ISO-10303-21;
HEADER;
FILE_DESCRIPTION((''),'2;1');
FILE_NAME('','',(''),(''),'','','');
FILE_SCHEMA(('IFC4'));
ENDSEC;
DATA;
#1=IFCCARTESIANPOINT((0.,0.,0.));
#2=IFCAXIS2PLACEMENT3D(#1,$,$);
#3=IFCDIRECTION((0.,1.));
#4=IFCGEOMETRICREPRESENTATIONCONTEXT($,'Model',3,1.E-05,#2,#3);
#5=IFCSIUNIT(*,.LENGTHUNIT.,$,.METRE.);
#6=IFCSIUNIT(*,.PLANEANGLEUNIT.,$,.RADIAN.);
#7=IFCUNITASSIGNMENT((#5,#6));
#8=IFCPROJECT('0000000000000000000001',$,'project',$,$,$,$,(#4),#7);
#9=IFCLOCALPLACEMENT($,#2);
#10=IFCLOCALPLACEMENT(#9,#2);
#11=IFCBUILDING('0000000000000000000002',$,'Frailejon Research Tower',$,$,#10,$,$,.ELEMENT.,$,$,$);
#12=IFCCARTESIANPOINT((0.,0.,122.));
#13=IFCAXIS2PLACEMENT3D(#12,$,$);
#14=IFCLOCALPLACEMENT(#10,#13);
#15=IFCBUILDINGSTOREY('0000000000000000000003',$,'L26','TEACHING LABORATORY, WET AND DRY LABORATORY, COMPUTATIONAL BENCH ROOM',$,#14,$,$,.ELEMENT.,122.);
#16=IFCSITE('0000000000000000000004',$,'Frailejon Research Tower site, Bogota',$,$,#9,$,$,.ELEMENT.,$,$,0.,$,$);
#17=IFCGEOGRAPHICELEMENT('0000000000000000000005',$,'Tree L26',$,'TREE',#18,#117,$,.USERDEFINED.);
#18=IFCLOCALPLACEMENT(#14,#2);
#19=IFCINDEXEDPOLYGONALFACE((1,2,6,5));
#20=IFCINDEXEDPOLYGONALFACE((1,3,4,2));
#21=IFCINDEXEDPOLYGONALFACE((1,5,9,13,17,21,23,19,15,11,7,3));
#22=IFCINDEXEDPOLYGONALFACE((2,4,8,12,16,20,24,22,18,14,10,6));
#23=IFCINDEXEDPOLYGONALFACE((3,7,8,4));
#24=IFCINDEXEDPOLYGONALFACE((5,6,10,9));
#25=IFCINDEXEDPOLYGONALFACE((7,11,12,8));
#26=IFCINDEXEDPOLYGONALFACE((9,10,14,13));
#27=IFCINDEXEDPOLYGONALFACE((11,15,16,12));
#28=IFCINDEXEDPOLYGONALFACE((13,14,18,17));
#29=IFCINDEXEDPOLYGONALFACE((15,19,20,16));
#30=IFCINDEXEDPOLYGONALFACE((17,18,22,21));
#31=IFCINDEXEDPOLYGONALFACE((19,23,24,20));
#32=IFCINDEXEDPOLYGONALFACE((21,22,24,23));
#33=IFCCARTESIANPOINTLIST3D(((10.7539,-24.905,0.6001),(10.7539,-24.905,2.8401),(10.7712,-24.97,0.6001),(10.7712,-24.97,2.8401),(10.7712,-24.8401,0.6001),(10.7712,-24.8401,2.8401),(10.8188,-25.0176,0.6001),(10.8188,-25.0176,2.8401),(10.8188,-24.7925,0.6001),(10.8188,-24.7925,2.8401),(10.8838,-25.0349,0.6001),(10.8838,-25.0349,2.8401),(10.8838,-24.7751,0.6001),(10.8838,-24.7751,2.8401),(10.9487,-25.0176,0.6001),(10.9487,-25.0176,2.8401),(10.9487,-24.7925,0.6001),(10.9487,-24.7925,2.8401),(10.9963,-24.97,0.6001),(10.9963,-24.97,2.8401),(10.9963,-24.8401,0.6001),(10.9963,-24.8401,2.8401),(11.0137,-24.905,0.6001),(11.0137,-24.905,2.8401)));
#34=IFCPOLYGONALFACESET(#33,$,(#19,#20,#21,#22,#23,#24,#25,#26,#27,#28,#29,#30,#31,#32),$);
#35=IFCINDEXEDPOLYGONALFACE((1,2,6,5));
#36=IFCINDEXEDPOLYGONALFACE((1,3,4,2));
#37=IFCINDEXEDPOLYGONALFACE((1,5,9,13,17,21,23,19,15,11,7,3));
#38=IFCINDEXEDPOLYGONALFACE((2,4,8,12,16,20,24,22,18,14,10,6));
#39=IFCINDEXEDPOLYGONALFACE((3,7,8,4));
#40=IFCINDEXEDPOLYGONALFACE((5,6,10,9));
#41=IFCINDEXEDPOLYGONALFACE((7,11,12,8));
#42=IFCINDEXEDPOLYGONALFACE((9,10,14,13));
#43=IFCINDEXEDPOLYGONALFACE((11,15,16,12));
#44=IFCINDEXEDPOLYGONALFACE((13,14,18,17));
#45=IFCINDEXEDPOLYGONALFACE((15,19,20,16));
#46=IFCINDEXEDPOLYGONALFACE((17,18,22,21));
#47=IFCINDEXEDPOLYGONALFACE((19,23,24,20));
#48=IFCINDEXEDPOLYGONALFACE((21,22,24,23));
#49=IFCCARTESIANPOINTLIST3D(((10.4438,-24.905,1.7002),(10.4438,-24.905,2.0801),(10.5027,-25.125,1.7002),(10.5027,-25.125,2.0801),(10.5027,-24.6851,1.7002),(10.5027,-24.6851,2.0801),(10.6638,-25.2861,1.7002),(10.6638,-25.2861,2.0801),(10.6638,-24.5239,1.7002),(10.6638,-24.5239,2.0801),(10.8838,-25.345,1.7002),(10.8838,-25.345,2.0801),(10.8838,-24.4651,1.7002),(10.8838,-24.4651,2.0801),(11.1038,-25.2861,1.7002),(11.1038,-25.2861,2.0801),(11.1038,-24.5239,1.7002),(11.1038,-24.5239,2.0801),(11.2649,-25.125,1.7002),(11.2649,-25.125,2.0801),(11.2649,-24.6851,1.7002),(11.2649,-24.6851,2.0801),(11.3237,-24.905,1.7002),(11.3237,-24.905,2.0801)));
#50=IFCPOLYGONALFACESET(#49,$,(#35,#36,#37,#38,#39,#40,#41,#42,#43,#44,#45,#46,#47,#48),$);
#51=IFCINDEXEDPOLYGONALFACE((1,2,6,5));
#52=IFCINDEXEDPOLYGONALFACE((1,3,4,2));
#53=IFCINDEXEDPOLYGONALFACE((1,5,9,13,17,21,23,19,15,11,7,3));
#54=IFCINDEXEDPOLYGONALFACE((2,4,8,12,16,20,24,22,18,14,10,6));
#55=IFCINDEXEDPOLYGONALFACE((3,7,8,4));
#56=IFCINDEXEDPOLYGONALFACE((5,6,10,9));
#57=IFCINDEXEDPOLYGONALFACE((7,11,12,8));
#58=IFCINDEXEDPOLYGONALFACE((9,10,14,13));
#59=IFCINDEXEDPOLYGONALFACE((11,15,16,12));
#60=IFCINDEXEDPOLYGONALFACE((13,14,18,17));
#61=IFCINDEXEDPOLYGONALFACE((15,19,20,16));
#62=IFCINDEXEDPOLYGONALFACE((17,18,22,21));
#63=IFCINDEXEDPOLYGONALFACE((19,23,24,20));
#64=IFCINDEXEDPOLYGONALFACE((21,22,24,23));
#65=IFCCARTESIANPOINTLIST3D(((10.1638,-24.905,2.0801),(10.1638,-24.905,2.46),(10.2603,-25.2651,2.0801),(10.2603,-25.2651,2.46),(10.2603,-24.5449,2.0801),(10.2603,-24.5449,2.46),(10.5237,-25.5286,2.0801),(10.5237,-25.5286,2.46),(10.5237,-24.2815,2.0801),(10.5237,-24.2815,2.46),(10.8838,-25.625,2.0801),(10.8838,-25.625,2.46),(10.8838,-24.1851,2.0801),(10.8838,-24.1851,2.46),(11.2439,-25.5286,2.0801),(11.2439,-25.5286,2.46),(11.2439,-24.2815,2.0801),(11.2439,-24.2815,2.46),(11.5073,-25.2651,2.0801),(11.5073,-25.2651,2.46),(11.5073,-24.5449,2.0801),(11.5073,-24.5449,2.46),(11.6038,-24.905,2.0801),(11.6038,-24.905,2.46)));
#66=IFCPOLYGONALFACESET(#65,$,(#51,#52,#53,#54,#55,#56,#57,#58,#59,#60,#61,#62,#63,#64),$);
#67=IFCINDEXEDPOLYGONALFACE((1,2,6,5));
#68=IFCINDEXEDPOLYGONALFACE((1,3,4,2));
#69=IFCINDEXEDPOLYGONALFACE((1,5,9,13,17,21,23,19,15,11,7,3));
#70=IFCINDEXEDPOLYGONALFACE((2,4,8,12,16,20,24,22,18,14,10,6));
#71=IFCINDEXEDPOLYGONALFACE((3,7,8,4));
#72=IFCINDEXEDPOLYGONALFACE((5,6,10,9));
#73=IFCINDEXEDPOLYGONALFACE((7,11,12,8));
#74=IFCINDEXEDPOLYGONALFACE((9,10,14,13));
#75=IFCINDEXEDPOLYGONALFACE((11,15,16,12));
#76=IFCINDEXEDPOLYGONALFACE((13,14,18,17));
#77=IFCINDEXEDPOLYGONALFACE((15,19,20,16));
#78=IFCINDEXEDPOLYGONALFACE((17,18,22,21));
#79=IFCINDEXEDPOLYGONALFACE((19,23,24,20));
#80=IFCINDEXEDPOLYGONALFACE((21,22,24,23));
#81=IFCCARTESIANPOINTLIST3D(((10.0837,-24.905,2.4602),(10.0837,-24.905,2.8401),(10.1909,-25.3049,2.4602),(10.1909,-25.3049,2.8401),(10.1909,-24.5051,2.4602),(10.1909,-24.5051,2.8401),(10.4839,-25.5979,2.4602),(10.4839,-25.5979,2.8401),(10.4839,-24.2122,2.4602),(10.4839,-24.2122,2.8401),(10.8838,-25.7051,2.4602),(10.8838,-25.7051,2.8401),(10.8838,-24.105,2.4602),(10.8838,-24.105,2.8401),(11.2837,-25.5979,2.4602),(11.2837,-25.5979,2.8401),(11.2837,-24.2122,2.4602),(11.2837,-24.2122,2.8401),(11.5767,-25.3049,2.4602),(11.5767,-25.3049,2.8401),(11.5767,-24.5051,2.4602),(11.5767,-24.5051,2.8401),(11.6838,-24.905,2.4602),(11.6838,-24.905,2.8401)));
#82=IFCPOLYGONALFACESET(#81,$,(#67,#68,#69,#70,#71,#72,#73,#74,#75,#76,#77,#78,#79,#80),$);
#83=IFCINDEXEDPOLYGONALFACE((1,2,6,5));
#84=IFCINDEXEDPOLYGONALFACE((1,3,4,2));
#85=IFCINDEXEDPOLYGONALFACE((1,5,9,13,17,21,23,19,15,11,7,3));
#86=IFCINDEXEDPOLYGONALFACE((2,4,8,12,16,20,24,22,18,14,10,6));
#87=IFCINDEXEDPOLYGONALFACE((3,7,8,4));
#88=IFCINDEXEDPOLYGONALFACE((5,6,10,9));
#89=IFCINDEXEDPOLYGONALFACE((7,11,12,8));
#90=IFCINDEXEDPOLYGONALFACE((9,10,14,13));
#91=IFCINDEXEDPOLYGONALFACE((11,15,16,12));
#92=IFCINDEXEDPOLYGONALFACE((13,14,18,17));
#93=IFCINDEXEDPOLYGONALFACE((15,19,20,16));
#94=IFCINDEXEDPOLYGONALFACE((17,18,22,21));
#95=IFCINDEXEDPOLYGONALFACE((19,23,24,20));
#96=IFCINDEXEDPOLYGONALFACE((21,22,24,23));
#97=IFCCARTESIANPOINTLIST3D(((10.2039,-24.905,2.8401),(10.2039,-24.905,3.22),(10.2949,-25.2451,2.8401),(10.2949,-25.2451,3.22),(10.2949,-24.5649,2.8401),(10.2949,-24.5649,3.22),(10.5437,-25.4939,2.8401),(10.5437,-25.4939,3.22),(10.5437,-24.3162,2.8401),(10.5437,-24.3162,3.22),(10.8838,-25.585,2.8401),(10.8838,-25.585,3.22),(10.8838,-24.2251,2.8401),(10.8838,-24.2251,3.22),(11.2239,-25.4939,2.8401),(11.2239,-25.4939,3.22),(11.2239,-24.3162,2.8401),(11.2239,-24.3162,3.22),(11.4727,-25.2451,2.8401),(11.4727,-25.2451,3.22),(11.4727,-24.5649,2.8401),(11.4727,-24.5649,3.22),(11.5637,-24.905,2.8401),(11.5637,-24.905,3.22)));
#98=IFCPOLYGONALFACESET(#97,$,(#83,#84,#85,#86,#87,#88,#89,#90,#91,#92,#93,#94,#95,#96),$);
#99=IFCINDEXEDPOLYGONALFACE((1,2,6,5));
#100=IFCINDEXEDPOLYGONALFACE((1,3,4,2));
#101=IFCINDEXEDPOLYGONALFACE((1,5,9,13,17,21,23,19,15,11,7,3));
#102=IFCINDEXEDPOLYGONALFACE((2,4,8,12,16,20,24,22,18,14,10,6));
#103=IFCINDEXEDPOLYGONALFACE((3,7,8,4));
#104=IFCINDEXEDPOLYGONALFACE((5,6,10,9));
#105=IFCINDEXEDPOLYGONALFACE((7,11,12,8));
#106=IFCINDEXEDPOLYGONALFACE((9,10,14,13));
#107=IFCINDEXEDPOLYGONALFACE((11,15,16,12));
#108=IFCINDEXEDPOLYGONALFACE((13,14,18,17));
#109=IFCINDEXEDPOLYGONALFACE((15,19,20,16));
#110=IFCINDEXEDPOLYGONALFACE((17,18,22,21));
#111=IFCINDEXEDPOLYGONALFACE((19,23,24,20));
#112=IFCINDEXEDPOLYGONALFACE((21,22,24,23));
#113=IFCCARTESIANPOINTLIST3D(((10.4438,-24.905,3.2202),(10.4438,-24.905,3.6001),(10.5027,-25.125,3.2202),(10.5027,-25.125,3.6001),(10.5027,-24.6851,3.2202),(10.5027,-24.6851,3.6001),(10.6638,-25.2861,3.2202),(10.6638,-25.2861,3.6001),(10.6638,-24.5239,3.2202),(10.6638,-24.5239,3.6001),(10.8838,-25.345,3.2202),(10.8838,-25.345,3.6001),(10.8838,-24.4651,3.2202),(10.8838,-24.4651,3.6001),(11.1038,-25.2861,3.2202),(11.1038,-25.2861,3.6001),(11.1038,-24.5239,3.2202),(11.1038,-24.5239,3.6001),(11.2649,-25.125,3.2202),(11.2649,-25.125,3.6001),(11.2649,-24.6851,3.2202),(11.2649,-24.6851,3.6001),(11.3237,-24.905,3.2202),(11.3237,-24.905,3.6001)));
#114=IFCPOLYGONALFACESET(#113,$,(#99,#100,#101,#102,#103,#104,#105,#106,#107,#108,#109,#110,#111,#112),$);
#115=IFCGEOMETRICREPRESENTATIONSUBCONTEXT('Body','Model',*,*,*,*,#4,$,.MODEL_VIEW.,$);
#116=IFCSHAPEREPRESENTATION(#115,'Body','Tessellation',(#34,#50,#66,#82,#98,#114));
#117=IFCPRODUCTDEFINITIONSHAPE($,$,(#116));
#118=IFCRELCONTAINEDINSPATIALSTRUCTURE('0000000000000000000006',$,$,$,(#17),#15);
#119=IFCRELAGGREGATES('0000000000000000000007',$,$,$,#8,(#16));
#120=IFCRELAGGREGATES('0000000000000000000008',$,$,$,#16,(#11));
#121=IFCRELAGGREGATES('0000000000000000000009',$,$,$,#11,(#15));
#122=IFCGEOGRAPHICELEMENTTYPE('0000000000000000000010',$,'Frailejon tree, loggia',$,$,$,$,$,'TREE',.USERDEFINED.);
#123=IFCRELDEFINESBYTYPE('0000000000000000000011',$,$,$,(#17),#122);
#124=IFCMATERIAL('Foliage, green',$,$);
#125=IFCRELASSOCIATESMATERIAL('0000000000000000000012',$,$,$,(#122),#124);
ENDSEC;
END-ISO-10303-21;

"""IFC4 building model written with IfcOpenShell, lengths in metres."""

from ifc_helpers import new_model, si_unit, direction, frame, origin, place, context, subcontext, project, spatial, polyline, outline, extrude, material, type_object, element, save


model = new_model("IFC4")

# Units and contexts
model_context = context("Model", 3, precision=1e-05, world=origin(), true_north=direction((0.0, 1.0)))
body_context = subcontext(model_context, "Body", "Model", "MODEL_VIEW")
ifc_project = project(units=[si_unit("LENGTHUNIT", "METRE"), si_unit("PLANEANGLEUNIT", "RADIAN")], contexts=[model_context])

# Site, building, storey
site_placement = place(None, origin())
site = spatial("IfcSite", under=ifc_project, at=site_placement, Name="Frailejon Research Tower site, Bogota", CompositionType="ELEMENT", RefElevation=0.0)
building_placement = place(site_placement, origin())
building = spatial("IfcBuilding", under=site, at=building_placement, Name="Frailejon Research Tower", CompositionType="ELEMENT")
storey_placement = place(building_placement, frame((0.0, 0.0, 122.0)))
storey = spatial("IfcBuildingStorey", under=building, at=storey_placement, Name="L26", Description="TEACHING LABORATORY, WET AND DRY LABORATORY, COMPUTATIONAL BENCH ROOM", CompositionType="ELEMENT", Elevation=122.0)

# Geographic element
ifc_material_1 = material(Name="Foliage, green")
geographic_element_type = type_object("IfcGeographicElementType", Name="Frailejon tree, loggia", ElementType="TREE", PredefinedType="USERDEFINED", material=ifc_material_1)
geographic_element_placement = place(storey_placement, frame((10.8838, -24.905, 0.6001)))
element("IfcGeographicElement", 1, at=geographic_element_placement, inside=storey, type_object=geographic_element_type, Name="Tree L26", ObjectType="TREE", PredefinedType="USERDEFINED", context=body_context, shape_type="SweptSolid", body=[
    extrude(outline(polyline([(0.1299, 0.0), (0.1125, 0.0649), (0.0649, 0.1125), (0.0, 0.1299), (-0.0649, 0.1125), (-0.1125, 0.0649), (-0.1299, 0.0), (-0.1125, -0.0649), (-0.0649, -0.1125), (0.0, -0.1299), (0.0649, -0.1125), (0.1125, -0.0649), (0.1299, 0.0)])), origin(), (0.0, 0.0, 1.0), 2.24),
    extrude(outline(polyline([(0.4399, 0.0), (0.3811, 0.22), (0.22, 0.3811), (0.0, 0.4399), (-0.22, 0.3811), (-0.3811, 0.22), (-0.4399, 0.0), (-0.3811, -0.22), (-0.22, -0.3811), (0.0, -0.4399), (0.22, -0.3811), (0.3811, -0.22), (0.4399, 0.0)])), frame((0.0, 0.0, 1.1001)), (0.0, 0.0, 1.0), 0.3799),
    extrude(outline(polyline([(0.72, 0.0), (0.6235, 0.3601), (0.3601, 0.6235), (0.0, 0.72), (-0.3601, 0.6235), (-0.6235, 0.3601), (-0.72, 0.0), (-0.6235, -0.3601), (-0.3601, -0.6235), (0.0, -0.72), (0.3601, -0.6235), (0.6235, -0.3601), (0.72, 0.0)])), frame((0.0, 0.0, 1.48)), (0.0, 0.0, 1.0), 0.3799),
    extrude(outline(polyline([(0.8, 0.0), (0.6929, 0.3999), (0.3999, 0.6929), (0.0, 0.8), (-0.3999, 0.6929), (-0.6929, 0.3999), (-0.8, 0.0), (-0.6929, -0.3999), (-0.3999, -0.6929), (0.0, -0.8), (0.3999, -0.6929), (0.6929, -0.3999), (0.8, 0.0)])), frame((0.0, 0.0, 1.8601)), (0.0, 0.0, 1.0), 0.3799),
    extrude(outline(polyline([(0.6799, 0.0), (0.5889, 0.3401), (0.3401, 0.5889), (0.0, 0.6799), (-0.3401, 0.5889), (-0.5889, 0.3401), (-0.6799, 0.0), (-0.5889, -0.3401), (-0.3401, -0.5889), (0.0, -0.6799), (0.3401, -0.5889), (0.5889, -0.3401), (0.6799, 0.0)])), frame((0.0, 0.0, 2.24)), (0.0, 0.0, 1.0), 0.3799),
    extrude(outline(polyline([(0.4399, 0.0), (0.3811, 0.22), (0.22, 0.3811), (0.0, 0.4399), (-0.22, 0.3811), (-0.3811, 0.22), (-0.4399, 0.0), (-0.3811, -0.22), (-0.22, -0.3811), (0.0, -0.4399), (0.22, -0.3811), (0.3811, -0.22), (0.4399, 0.0)])), frame((0.0, 0.0, 2.6201)), (0.0, 0.0, 1.0), 0.3799),
])

save(model, "model.ifc")
